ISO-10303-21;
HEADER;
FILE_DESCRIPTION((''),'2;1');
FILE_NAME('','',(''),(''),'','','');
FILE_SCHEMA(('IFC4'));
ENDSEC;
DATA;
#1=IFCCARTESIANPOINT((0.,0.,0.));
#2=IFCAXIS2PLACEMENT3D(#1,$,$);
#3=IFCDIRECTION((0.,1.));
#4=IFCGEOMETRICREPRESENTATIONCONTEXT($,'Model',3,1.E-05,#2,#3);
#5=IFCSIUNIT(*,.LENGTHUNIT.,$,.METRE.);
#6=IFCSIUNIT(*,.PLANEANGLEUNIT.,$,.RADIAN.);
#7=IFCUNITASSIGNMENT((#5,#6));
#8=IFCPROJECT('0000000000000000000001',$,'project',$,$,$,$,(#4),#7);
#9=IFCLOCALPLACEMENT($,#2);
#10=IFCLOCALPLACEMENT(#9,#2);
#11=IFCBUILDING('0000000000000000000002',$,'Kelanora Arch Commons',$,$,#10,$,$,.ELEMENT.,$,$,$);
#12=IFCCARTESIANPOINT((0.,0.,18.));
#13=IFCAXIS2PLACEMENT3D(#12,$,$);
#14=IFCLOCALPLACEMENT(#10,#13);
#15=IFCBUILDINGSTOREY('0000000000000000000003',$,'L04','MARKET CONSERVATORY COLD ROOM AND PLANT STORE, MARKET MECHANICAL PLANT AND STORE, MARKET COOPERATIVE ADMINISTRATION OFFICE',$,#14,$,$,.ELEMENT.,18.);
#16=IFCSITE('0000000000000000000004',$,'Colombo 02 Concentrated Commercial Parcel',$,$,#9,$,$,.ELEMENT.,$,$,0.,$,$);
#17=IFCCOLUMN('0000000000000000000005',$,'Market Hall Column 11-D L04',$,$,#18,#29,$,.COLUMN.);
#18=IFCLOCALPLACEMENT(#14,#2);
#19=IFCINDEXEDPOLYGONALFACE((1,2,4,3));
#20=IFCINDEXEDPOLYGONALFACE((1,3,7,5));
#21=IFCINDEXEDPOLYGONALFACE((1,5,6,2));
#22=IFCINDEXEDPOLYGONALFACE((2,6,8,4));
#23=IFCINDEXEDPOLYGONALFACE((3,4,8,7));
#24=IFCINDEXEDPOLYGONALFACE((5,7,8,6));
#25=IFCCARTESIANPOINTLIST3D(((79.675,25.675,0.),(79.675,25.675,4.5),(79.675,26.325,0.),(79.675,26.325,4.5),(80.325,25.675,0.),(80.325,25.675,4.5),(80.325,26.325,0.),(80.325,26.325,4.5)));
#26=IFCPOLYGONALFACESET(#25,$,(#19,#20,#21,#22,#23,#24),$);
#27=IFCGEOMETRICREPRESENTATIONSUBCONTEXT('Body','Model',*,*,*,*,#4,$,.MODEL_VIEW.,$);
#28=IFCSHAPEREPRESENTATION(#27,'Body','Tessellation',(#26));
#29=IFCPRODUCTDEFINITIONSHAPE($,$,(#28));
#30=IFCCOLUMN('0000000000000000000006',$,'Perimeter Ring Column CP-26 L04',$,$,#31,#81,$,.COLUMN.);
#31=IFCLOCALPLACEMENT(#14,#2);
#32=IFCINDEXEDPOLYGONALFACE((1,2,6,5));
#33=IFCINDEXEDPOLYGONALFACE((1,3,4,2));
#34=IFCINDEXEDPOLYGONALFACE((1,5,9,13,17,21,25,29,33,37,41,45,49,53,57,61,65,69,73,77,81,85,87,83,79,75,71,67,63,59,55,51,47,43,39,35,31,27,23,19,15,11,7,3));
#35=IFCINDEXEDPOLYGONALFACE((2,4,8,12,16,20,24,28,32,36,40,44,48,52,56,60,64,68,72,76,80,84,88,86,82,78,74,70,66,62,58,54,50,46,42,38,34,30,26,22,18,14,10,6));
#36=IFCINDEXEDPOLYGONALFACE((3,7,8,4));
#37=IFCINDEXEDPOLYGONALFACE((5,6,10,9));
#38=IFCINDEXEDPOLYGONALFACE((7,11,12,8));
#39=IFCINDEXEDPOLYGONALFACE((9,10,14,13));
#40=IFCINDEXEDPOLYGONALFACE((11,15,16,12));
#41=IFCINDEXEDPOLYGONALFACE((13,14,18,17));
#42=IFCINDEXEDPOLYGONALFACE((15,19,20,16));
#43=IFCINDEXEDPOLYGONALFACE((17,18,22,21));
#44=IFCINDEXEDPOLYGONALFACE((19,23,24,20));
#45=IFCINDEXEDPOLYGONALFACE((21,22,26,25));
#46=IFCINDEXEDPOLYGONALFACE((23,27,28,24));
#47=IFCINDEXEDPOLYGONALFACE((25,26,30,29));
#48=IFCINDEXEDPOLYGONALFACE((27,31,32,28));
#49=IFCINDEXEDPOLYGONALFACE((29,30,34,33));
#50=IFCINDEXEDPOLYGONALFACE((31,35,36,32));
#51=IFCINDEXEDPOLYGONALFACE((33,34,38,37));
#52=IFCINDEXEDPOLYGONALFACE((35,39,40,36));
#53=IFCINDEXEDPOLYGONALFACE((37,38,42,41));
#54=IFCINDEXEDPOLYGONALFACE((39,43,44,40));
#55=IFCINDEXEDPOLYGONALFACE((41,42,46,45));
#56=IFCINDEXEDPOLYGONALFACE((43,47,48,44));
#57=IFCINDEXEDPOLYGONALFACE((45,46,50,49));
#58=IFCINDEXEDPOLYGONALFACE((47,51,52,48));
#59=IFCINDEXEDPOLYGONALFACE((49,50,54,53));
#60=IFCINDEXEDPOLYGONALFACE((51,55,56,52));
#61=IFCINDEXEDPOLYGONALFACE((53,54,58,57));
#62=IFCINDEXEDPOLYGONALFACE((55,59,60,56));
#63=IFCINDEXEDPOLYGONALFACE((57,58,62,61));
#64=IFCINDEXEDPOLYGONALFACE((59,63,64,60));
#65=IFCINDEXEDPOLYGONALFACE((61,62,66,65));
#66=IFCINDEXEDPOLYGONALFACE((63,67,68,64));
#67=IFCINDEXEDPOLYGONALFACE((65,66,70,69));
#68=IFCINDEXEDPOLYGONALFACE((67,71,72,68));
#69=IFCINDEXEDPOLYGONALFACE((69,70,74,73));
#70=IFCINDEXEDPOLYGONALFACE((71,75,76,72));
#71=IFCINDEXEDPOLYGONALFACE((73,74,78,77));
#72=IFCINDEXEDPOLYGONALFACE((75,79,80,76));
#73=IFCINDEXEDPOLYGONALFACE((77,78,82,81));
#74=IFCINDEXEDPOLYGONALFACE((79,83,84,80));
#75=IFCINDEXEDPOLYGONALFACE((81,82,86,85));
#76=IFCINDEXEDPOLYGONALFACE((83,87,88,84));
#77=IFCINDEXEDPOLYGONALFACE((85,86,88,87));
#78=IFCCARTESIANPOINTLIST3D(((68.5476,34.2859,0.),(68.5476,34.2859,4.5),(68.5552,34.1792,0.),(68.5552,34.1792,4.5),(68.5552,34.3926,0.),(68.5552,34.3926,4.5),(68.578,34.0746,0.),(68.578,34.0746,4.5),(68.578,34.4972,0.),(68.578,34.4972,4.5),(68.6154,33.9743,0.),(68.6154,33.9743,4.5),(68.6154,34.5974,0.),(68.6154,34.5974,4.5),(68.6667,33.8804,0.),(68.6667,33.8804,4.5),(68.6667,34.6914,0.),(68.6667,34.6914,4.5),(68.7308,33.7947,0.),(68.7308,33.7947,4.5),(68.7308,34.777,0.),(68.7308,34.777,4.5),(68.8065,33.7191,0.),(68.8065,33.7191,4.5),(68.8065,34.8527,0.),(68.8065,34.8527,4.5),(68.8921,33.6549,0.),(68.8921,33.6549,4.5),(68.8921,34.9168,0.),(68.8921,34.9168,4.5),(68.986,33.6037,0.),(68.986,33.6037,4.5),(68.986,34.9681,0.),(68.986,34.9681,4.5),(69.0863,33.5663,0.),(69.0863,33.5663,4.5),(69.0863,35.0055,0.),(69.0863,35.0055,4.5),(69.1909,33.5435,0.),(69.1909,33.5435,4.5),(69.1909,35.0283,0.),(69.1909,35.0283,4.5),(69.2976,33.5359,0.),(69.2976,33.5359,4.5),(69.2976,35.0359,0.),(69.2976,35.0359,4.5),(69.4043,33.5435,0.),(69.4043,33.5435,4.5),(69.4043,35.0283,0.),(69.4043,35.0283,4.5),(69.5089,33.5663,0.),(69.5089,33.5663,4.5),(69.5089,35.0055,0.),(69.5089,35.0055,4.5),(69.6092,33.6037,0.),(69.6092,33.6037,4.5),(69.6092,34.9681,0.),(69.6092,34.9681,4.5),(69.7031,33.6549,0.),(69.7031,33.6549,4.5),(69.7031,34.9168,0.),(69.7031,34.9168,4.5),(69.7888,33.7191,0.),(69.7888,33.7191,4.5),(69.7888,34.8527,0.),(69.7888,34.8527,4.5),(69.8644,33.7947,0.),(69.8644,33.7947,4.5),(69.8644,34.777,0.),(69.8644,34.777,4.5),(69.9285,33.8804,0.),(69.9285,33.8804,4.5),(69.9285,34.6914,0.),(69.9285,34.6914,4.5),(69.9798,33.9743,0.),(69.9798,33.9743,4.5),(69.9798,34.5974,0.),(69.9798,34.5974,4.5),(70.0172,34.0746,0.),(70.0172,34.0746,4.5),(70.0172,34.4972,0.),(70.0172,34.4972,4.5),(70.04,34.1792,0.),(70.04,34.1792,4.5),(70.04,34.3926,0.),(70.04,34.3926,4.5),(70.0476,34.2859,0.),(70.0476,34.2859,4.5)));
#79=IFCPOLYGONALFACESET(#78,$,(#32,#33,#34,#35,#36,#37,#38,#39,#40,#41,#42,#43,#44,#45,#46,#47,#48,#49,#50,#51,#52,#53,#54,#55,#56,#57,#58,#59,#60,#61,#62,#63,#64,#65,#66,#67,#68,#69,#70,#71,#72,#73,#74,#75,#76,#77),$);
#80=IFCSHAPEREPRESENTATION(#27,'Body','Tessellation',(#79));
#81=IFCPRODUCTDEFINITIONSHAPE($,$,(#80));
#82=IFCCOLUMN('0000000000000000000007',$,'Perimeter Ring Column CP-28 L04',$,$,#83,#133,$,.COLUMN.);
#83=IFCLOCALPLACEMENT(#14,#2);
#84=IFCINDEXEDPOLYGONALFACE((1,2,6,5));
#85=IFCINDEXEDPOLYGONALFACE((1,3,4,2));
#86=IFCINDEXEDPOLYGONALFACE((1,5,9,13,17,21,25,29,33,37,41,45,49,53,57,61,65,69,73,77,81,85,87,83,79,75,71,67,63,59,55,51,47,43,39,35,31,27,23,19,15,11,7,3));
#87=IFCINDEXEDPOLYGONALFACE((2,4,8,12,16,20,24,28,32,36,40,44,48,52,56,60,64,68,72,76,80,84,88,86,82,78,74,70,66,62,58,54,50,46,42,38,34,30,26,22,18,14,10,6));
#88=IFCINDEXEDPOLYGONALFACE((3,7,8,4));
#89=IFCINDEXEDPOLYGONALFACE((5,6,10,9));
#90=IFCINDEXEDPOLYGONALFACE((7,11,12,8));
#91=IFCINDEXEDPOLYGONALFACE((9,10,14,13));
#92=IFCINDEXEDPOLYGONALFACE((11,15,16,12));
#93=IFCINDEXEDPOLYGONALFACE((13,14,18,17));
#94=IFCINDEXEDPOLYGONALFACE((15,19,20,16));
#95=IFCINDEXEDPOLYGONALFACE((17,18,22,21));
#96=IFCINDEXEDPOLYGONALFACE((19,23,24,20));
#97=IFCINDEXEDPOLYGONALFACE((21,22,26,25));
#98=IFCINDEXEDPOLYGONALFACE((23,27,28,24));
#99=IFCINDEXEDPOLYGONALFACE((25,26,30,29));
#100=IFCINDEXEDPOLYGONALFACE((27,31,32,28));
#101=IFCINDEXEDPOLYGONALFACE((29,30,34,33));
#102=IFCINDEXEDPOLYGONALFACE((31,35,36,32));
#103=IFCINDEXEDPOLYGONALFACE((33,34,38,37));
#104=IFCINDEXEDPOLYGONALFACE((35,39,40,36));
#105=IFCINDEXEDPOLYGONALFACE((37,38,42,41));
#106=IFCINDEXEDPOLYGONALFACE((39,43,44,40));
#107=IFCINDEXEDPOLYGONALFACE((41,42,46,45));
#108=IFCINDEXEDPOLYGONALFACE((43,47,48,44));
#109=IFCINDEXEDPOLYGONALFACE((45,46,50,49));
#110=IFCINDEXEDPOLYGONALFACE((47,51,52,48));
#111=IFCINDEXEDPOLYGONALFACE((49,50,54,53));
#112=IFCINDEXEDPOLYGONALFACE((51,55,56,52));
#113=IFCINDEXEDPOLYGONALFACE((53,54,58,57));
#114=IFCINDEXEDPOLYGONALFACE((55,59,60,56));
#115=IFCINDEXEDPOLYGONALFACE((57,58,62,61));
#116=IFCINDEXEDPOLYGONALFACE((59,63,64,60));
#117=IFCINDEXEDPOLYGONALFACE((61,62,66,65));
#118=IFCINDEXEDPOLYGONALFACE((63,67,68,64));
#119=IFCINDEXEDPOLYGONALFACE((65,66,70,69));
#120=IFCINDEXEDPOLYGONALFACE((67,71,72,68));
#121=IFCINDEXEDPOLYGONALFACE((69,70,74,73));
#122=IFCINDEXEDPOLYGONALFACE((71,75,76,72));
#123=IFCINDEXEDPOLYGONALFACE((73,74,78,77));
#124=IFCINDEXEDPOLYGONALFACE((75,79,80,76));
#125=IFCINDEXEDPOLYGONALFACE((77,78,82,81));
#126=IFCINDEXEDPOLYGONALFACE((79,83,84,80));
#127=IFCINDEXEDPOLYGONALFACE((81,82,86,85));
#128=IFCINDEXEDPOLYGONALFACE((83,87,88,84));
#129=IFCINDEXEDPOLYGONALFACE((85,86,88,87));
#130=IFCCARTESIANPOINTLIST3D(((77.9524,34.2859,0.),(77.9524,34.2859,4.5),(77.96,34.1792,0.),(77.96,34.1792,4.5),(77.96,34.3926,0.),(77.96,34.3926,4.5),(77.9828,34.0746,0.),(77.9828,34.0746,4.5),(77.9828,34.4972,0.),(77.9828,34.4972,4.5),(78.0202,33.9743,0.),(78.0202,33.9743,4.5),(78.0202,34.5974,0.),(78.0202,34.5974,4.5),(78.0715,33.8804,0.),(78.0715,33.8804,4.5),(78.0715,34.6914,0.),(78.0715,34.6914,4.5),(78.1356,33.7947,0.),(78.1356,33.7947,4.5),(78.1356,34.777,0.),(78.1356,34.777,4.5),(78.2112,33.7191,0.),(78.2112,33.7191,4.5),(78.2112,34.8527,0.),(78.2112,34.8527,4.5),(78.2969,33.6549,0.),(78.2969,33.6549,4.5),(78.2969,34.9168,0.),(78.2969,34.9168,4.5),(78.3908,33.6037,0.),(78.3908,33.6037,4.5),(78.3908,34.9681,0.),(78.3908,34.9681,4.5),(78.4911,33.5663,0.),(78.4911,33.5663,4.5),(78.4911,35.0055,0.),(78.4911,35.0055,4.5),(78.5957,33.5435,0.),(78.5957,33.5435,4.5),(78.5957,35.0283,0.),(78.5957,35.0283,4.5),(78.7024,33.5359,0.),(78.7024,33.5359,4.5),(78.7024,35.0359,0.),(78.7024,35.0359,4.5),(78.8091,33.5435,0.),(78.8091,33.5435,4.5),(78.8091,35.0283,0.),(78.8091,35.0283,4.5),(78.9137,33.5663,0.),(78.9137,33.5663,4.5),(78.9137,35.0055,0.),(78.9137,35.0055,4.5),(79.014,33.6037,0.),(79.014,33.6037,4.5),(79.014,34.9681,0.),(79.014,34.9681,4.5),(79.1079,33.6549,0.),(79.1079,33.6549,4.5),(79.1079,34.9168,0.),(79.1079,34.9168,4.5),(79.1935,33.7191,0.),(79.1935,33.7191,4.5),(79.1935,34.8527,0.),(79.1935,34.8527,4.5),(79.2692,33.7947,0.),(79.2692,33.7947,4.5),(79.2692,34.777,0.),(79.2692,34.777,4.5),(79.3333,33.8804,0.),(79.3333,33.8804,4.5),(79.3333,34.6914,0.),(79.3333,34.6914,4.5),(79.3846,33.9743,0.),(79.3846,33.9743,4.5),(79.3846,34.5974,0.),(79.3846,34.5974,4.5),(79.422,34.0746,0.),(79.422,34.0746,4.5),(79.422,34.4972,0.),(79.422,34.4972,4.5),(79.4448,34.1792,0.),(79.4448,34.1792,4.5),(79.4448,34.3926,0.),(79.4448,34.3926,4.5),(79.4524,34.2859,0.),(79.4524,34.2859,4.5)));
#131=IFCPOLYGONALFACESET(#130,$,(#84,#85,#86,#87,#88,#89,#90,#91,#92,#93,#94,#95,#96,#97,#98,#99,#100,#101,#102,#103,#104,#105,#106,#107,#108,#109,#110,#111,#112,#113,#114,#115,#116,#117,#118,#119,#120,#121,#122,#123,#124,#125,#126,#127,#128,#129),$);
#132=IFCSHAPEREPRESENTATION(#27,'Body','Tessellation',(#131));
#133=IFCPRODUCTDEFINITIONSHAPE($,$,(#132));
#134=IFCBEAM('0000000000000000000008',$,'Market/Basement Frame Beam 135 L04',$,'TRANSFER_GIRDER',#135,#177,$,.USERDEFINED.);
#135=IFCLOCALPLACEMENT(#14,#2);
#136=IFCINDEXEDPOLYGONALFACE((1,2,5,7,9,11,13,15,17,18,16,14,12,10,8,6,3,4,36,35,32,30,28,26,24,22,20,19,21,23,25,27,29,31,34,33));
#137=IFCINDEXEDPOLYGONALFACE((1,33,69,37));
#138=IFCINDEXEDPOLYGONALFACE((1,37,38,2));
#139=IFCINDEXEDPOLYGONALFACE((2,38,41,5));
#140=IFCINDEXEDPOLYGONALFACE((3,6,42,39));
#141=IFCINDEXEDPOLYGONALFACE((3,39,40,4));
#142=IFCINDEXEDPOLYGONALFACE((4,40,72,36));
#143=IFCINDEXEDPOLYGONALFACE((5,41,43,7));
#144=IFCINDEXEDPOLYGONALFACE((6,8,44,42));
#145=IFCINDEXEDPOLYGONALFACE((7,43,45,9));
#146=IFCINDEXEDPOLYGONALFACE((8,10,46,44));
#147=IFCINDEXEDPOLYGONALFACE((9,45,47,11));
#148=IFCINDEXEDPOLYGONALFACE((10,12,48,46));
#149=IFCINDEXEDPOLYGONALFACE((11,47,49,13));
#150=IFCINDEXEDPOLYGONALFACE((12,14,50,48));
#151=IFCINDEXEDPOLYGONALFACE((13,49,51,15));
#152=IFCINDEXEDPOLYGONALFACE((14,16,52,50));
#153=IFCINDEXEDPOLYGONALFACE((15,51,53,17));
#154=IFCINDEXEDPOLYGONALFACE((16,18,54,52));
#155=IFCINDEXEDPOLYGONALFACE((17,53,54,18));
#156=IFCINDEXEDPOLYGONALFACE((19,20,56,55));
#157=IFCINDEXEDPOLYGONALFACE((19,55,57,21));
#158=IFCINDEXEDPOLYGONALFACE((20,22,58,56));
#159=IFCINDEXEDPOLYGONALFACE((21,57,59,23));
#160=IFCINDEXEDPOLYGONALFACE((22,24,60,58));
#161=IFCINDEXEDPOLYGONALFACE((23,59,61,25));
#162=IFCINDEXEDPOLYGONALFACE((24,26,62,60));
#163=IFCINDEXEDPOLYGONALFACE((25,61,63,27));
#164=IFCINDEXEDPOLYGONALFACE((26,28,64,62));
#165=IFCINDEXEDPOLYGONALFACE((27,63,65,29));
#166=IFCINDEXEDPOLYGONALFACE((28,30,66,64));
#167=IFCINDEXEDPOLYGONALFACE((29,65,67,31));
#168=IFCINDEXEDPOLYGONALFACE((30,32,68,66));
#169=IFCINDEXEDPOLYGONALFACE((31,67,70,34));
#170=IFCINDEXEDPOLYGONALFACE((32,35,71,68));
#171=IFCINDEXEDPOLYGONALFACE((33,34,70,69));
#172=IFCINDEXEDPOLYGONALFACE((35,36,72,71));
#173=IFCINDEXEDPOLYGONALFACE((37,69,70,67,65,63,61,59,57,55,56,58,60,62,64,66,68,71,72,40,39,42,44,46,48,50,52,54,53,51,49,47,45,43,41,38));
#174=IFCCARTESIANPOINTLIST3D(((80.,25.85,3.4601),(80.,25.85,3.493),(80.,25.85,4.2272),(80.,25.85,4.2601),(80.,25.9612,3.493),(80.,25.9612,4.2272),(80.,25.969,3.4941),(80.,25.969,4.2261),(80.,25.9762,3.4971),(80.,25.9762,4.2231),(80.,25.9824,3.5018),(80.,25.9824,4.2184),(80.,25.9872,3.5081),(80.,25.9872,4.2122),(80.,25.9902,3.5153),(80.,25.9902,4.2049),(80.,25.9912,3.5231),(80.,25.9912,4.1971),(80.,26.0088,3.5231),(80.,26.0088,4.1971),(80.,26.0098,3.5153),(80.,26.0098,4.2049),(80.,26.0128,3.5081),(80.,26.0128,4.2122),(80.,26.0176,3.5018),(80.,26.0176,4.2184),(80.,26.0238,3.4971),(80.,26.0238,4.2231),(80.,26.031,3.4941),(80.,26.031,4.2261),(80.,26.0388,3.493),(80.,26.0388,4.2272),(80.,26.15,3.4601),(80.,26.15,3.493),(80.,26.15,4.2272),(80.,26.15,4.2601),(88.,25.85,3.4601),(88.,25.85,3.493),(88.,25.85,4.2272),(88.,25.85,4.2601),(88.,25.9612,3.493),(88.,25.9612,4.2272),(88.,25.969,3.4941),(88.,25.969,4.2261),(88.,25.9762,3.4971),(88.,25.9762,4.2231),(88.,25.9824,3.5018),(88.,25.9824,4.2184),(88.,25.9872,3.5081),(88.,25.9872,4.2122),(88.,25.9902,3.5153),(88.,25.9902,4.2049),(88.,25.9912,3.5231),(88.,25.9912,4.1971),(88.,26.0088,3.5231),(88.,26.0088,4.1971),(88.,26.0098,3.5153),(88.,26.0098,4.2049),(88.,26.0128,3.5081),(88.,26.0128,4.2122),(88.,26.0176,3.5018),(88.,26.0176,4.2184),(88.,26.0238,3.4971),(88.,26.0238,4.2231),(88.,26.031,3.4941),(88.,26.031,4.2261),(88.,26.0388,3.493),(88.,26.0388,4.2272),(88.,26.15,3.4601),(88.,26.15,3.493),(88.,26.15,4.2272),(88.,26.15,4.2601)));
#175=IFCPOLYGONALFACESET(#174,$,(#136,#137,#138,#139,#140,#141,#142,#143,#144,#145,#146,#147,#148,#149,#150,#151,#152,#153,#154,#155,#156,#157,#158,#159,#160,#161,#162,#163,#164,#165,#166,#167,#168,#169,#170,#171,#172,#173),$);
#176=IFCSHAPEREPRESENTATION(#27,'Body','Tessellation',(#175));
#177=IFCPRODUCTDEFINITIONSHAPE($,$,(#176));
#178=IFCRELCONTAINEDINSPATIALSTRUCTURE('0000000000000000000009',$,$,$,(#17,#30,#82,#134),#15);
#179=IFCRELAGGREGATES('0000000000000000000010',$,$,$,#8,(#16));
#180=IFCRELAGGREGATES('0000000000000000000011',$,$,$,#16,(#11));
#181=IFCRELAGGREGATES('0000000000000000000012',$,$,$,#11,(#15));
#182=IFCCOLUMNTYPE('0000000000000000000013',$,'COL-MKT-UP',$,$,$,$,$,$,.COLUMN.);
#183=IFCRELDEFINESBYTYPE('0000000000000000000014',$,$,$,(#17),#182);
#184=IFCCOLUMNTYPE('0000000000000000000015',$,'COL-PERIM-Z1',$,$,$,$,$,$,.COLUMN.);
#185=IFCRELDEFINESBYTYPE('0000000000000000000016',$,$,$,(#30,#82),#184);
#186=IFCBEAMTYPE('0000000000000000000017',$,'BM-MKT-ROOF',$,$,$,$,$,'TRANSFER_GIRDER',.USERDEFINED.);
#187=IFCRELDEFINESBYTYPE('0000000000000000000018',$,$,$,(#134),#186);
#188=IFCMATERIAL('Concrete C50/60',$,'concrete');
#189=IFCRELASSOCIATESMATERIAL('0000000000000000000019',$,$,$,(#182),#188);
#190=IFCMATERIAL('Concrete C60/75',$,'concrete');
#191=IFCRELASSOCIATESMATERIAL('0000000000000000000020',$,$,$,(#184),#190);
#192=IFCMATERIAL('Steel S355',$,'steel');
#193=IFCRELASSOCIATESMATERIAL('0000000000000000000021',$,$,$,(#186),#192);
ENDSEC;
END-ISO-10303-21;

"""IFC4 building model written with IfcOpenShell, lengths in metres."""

from ifc_helpers import new_model, si_unit, direction, frame, origin, origin_2d, place, context, subcontext, project, spatial, rectangle, circle, i_section, extrude, material, material_profile, profile_set, type_object, element, save


model = new_model("IFC4")

# Units and contexts
model_context = context("Model", 3, precision=1e-05, world=origin(), true_north=direction((0.0, 1.0)))
body_context = subcontext(model_context, "Body", "Model", "MODEL_VIEW")
ifc_project = project(units=[si_unit("LENGTHUNIT", "METRE"), si_unit("PLANEANGLEUNIT", "RADIAN")], contexts=[model_context])

# Site, building, storey
site_placement = place(None, origin())
site = spatial("IfcSite", under=ifc_project, at=site_placement, Name="Colombo 02 Concentrated Commercial Parcel", CompositionType="ELEMENT", RefElevation=0.0)
building_placement = place(site_placement, origin())
building = spatial("IfcBuilding", under=site, at=building_placement, Name="Kelanora Arch Commons", CompositionType="ELEMENT")
storey_placement = place(building_placement, frame((0.0, 0.0, 18.0)))
storey = spatial("IfcBuildingStorey", under=building, at=storey_placement, Name="L04", Description="MARKET CONSERVATORY COLD ROOM AND PLANT STORE, MARKET MECHANICAL PLANT AND STORE, MARKET COOPERATIVE ADMINISTRATION OFFICE", CompositionType="ELEMENT", Elevation=18.0)

# Columns
ifc_material_1 = material(Name="Concrete C50/60", Category="concrete")
ifc_material_profile_1 = material_profile(ifc_material_1, rectangle(XDim=0.6499, YDim=0.6499, at=origin_2d()), Name="RC650x650")
ifc_profile_set_1 = profile_set([ifc_material_profile_1], Name="Concrete C50/60")
column_type_1 = type_object("IfcColumnType", Name="COL-MKT-UP", PredefinedType="COLUMN", material=ifc_profile_set_1)
column_placement = place(storey_placement, frame((80.0, 26.0, 0.0), z_axis=(0.0, 0.0, 1.0), x_axis=(1.0, 0.0, 0.0)))
element("IfcColumn", 1, at=column_placement, inside=storey, type_object=column_type_1, Name="Market Hall Column 11-D L04", PredefinedType="COLUMN", context=body_context, shape_type="SweptSolid", body=[
    extrude(rectangle(XDim=0.6499, YDim=0.6499, at=origin_2d()), origin(), (0.0, 0.0, 1.0), 4.5),
])
ifc_material_2 = material(Name="Concrete C60/75", Category="concrete")
ifc_material_profile_2 = material_profile(ifc_material_2, circle(Radius=0.75, at=origin_2d()), Name="RCC1500")
ifc_profile_set_2 = profile_set([ifc_material_profile_2], Name="Concrete C60/75")
column_type_2 = type_object("IfcColumnType", Name="COL-PERIM-Z1", PredefinedType="COLUMN", material=ifc_profile_set_2)
for number, where, z_axis, x_axis, name in (
    (2, (69.2976, 34.2859, 0.0), (0.0, 0.0, 1.0), (1.0, 0.0, 0.0), "Perimeter Ring Column CP-26 L04"),
    (3, (78.7024, 34.2859, 0.0), (0.0, 0.0, 1.0), (1.0, 0.0, 0.0), "Perimeter Ring Column CP-28 L04"),
):
    element("IfcColumn", number, at=place(storey_placement, frame(where, z_axis=z_axis, x_axis=x_axis)), inside=storey, type_object=column_type_2, Name=name, PredefinedType="COLUMN", context=body_context, shape_type="SweptSolid", body=[
        extrude(circle(Radius=0.75, at=origin_2d()), origin(), (0.0, 0.0, 1.0), 4.5),
    ])

# Beam
ifc_material_3 = material(Name="Steel S355", Category="steel")
ifc_material_profile_3 = material_profile(ifc_material_3, i_section(OverallWidth=0.3, OverallDepth=0.8, WebThickness=0.0176, FlangeThickness=0.033, FilletRadius=0.03, at=origin_2d()), Name="HEB800")
ifc_profile_set_3 = profile_set([ifc_material_profile_3], Name="Steel S355")
beam_type_1 = type_object("IfcBeamType", Name="BM-MKT-ROOF", ElementType="TRANSFER_GIRDER", PredefinedType="USERDEFINED", material=ifc_profile_set_3)
beam_1_placement = place(storey_placement, frame((80.0, 26.0, 3.8601), z_axis=(1.0, 0.0, 0.0), x_axis=(0.0, 1.0, 0.0)))
element("IfcBeam", 4, at=beam_1_placement, inside=storey, type_object=beam_type_1, Name="Market/Basement Frame Beam 135 L04", ObjectType="TRANSFER_GIRDER", PredefinedType="USERDEFINED", context=body_context, shape_type="SweptSolid", body=[
    extrude(i_section(OverallWidth=0.3, OverallDepth=0.8, WebThickness=0.0176, FlangeThickness=0.033, FilletRadius=0.03, at=origin_2d()), origin(), (0.0, 0.0, 1.0), 8.0),
])

save(model, "model.ifc")
